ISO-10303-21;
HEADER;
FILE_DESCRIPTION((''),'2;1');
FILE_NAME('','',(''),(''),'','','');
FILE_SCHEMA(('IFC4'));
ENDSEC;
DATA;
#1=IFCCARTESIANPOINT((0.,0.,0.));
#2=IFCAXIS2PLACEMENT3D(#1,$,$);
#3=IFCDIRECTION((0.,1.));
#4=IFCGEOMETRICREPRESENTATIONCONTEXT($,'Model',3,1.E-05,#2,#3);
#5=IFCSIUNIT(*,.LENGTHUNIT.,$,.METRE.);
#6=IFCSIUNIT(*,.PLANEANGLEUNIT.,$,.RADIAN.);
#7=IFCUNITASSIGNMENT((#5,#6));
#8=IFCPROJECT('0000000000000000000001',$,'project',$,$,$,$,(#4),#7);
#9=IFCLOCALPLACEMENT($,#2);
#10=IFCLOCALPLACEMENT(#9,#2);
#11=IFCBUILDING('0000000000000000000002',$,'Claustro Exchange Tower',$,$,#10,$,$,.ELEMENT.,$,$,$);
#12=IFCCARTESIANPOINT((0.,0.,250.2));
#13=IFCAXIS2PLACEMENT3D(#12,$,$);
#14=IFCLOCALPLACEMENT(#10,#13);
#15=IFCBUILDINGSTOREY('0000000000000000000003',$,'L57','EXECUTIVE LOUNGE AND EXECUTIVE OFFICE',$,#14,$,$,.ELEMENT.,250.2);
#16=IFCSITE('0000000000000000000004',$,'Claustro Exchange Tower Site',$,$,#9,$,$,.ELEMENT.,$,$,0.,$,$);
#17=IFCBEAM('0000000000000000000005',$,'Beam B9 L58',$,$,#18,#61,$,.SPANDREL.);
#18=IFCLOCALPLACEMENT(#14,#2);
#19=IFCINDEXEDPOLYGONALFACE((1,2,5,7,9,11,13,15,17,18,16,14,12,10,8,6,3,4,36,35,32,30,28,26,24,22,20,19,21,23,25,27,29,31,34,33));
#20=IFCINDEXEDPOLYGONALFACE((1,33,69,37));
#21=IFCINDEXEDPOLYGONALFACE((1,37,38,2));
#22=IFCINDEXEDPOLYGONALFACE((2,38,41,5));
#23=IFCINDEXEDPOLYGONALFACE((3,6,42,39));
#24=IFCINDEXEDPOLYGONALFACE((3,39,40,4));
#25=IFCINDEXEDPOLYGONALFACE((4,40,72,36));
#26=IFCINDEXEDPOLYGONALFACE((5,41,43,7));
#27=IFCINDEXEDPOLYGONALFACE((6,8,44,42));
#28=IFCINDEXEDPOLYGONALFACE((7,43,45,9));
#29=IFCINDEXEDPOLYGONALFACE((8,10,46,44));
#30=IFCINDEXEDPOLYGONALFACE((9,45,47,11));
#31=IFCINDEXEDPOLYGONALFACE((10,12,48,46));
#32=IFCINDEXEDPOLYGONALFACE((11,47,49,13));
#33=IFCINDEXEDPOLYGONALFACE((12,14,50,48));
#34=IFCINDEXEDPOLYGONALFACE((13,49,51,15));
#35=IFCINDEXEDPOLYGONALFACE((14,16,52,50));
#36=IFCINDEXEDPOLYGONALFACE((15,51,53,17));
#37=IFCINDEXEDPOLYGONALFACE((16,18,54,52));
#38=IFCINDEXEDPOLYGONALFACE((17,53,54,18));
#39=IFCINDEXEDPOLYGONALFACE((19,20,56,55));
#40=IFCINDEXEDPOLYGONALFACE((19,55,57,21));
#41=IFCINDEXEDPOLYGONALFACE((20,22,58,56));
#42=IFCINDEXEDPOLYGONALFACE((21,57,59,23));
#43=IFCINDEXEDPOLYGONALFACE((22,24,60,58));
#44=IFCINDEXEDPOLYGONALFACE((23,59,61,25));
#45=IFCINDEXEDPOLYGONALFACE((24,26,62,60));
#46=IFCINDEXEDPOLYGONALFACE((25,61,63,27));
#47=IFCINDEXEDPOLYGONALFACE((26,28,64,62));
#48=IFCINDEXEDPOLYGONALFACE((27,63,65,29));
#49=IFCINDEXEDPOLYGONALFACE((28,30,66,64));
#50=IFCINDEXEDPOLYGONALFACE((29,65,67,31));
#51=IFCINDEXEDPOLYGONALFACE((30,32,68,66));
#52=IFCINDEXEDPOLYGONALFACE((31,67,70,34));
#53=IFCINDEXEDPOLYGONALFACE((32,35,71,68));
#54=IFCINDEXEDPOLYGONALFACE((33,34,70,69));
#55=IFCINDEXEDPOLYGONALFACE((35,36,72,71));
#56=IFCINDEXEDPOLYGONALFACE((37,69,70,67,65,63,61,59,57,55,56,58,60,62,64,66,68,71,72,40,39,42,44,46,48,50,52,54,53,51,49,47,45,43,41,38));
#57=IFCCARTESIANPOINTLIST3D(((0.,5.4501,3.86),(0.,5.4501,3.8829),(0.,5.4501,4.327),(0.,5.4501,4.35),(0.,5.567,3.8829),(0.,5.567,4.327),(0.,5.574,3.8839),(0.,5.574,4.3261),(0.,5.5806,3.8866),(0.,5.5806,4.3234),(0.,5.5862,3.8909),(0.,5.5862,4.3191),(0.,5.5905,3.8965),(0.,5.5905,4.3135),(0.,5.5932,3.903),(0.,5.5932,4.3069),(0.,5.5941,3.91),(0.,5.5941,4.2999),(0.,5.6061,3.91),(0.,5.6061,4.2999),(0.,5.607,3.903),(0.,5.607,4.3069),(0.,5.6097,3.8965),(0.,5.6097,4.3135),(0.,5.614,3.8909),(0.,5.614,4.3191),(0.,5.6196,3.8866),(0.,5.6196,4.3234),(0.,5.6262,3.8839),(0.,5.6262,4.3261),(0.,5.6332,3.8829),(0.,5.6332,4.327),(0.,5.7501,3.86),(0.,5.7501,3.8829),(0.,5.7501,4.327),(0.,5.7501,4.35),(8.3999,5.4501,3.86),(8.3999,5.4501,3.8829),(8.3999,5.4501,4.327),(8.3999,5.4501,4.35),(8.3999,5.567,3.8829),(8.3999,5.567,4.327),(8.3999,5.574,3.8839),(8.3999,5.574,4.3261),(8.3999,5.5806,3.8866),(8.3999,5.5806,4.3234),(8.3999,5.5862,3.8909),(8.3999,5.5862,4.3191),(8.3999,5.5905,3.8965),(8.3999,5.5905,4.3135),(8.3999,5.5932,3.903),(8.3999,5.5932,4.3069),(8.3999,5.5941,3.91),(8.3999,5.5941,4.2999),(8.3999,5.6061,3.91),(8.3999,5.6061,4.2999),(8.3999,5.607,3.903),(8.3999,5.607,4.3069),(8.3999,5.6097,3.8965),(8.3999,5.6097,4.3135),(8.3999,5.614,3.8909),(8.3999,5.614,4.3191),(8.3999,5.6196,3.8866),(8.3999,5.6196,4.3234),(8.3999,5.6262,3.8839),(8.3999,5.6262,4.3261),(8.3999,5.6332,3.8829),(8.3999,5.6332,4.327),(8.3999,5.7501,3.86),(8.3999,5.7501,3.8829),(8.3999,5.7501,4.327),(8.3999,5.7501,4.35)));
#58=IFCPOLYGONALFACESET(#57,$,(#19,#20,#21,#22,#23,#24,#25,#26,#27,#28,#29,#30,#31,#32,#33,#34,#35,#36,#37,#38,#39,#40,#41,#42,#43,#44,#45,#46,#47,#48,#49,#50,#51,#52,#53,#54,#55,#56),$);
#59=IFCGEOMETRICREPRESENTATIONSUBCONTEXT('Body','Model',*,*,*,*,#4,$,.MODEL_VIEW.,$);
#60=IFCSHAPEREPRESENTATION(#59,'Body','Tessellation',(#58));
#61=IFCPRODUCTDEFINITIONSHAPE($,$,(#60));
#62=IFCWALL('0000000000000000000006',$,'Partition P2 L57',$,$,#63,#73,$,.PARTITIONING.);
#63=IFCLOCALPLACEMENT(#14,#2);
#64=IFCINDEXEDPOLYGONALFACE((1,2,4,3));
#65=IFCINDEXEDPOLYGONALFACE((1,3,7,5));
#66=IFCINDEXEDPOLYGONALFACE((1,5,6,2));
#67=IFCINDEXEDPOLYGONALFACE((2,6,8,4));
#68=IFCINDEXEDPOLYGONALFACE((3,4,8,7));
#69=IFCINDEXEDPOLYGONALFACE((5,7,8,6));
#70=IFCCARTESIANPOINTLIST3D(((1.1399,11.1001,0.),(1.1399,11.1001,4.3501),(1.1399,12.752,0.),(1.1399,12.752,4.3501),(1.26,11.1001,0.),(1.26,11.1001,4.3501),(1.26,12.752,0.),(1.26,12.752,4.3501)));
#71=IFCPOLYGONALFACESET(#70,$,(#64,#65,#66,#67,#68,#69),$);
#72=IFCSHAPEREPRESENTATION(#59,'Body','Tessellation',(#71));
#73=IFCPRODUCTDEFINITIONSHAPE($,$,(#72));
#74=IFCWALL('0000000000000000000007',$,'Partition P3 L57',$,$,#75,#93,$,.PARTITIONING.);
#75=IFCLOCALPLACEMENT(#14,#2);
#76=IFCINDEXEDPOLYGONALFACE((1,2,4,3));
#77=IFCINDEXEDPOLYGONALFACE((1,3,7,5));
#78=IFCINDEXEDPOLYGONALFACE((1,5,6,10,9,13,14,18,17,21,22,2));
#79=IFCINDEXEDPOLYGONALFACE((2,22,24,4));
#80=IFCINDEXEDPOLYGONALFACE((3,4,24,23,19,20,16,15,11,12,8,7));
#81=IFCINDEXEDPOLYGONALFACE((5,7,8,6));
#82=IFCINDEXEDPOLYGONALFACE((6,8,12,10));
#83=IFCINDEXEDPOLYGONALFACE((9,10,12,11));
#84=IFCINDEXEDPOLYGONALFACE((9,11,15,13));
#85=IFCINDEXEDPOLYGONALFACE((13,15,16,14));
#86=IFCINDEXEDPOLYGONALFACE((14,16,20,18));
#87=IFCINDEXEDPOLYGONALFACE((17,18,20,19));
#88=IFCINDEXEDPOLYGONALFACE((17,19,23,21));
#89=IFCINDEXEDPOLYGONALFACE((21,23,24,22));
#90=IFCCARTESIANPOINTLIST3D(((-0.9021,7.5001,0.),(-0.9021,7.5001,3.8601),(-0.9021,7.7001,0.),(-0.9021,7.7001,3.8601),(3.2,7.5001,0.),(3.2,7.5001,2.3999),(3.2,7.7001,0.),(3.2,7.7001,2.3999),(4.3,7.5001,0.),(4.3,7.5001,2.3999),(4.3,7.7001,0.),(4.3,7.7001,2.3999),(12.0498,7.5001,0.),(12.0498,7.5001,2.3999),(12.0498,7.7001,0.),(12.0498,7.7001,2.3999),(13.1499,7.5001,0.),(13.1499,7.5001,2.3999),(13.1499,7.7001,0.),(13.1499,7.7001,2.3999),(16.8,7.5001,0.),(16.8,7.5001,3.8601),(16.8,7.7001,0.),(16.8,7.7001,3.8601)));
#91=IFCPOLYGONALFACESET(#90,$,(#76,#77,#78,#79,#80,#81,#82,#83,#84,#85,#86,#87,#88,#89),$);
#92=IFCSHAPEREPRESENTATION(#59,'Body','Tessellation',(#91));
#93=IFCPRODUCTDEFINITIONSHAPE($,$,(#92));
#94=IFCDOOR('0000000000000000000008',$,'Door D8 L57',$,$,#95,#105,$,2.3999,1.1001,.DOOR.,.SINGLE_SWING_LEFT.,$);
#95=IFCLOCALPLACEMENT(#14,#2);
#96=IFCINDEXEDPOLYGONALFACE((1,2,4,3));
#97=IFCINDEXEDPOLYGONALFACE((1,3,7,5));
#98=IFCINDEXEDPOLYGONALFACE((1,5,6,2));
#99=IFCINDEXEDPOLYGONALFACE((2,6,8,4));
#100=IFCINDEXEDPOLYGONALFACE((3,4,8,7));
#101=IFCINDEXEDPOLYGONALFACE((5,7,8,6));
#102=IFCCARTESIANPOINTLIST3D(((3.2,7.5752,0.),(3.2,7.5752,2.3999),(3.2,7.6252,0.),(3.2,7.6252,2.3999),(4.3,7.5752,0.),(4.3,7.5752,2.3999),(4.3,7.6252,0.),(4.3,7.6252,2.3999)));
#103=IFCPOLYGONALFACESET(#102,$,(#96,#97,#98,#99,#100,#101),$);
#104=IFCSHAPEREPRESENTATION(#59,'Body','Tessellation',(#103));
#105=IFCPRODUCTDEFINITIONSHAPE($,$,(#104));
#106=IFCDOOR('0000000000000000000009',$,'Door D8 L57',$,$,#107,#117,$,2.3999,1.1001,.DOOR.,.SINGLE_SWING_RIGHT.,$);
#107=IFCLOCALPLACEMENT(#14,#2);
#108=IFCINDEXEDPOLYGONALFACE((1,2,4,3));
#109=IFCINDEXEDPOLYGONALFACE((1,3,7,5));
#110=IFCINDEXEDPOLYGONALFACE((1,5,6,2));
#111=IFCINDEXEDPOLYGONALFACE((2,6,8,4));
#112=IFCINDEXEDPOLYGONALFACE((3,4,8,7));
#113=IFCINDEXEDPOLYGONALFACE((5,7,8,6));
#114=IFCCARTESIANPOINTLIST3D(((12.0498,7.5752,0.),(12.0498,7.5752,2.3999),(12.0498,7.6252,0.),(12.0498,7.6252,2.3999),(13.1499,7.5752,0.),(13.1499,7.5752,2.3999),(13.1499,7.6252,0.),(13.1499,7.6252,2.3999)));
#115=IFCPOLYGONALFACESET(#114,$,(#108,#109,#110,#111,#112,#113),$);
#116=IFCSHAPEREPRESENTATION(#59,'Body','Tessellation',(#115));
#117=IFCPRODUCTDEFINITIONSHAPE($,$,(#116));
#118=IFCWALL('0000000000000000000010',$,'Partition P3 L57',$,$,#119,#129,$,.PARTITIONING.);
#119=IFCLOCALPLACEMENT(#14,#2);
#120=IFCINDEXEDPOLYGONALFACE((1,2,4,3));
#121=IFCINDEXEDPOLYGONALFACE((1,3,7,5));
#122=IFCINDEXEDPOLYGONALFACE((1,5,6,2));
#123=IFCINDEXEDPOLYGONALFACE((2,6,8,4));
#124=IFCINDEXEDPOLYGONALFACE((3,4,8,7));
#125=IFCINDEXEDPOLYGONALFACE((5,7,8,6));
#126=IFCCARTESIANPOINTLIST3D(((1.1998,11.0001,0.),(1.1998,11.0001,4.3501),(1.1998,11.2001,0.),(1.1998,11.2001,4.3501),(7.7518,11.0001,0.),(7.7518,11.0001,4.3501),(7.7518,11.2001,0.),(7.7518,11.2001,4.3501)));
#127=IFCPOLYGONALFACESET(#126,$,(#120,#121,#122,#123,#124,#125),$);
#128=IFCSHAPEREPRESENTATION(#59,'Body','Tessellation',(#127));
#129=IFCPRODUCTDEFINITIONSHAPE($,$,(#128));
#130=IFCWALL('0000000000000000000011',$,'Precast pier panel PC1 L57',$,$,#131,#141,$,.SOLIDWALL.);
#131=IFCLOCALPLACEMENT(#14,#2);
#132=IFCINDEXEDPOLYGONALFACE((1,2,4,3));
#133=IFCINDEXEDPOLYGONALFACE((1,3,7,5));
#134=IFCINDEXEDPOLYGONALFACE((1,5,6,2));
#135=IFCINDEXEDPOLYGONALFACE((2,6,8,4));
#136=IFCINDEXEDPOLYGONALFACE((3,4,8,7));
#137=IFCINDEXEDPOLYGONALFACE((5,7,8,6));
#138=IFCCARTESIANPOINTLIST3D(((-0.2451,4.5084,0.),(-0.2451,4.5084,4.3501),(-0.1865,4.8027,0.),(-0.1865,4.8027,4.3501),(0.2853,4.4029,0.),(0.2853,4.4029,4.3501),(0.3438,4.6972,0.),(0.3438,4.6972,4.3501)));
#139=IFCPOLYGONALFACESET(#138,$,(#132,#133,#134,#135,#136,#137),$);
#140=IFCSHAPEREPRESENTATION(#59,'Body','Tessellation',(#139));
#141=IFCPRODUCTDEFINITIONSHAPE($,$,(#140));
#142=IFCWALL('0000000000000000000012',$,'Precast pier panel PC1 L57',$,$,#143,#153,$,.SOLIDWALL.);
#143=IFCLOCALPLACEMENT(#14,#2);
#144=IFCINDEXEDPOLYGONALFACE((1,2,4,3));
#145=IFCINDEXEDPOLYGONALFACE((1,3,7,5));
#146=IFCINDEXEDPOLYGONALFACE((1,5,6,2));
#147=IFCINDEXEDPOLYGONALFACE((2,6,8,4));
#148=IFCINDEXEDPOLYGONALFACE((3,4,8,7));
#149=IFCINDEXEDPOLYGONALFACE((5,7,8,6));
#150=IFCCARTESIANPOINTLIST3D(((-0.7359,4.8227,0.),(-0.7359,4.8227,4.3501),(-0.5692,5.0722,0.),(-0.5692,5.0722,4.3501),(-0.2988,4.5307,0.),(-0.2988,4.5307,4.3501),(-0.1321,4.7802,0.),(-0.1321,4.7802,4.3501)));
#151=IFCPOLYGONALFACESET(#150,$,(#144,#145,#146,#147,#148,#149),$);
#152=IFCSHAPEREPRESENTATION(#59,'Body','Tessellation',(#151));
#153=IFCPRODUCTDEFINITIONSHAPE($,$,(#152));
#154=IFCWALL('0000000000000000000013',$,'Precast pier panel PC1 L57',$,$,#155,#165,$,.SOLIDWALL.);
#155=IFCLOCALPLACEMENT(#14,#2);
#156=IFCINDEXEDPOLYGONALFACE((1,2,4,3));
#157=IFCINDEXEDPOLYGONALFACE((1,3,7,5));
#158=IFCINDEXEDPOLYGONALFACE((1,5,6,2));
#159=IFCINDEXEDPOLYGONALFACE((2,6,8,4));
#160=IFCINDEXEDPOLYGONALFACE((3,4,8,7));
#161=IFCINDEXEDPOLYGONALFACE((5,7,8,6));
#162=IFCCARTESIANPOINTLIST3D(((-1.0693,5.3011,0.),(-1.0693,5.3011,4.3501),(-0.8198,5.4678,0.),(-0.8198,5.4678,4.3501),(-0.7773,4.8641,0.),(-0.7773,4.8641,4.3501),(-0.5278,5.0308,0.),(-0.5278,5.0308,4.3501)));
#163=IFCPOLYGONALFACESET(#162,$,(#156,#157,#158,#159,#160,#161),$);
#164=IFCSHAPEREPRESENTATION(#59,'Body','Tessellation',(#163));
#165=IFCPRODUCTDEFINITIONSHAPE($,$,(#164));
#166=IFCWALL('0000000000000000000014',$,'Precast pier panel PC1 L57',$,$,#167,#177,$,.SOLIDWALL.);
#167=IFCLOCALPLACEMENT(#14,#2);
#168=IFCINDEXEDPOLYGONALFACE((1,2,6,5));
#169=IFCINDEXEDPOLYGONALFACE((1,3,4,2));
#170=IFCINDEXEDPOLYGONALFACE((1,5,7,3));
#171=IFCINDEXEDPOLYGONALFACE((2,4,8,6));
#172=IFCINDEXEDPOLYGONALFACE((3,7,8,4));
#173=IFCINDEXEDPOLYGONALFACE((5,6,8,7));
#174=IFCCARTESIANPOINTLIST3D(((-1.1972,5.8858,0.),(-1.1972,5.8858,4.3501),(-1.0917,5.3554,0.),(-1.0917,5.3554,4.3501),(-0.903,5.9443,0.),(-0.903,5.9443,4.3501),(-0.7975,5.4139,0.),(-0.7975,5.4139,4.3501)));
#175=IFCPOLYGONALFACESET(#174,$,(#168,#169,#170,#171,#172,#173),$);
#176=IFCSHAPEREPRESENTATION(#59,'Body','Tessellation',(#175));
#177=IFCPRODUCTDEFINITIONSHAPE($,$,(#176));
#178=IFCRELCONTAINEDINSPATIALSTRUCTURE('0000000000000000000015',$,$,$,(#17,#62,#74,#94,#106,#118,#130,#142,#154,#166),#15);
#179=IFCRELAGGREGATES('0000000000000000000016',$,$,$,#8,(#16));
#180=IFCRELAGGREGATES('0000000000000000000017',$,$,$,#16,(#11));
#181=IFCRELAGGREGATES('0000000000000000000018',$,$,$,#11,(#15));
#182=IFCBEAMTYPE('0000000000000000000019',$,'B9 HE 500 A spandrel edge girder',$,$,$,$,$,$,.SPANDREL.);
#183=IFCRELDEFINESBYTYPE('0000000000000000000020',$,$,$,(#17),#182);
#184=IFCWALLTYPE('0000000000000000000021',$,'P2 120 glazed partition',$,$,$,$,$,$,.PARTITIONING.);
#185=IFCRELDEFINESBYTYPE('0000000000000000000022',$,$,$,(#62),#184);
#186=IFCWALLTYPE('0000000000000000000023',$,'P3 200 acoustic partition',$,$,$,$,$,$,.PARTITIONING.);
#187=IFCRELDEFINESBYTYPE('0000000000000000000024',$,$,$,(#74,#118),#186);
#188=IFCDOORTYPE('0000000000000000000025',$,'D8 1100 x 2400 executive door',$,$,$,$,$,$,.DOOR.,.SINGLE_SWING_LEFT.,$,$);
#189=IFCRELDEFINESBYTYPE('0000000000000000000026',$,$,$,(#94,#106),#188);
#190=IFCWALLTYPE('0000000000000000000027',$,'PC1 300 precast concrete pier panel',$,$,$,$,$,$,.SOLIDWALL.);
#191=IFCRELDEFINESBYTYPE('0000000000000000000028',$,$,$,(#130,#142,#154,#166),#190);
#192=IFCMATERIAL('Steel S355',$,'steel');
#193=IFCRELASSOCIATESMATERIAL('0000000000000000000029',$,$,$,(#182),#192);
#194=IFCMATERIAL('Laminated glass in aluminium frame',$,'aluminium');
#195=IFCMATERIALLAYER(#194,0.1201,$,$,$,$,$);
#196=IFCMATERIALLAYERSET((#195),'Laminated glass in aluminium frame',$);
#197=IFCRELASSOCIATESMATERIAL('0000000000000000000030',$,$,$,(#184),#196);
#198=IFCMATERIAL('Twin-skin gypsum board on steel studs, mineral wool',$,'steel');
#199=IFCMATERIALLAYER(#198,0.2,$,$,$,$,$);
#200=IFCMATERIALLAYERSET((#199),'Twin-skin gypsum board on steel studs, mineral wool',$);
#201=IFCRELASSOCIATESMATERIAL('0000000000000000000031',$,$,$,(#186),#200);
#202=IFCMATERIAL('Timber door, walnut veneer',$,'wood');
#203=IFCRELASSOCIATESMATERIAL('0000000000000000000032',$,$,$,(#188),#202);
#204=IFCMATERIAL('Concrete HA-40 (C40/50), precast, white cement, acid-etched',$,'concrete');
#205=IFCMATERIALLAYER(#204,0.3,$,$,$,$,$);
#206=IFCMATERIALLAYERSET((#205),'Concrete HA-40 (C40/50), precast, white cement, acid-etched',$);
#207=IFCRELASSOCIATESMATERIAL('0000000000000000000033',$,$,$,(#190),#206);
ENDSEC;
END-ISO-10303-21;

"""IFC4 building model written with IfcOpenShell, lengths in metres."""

from ifc_helpers import new_model, si_unit, direction, frame, frame_2d, origin, origin_2d, place, context, subcontext, project, spatial, rectangle, i_section, extrude, material, layer, layer_set, material_profile, profile_set, type_object, element, fill, save


model = new_model("IFC4")

# Units and contexts
model_context = context("Model", 3, precision=1e-05, world=origin(), true_north=direction((0.0, 1.0)))
body_context = subcontext(model_context, "Body", "Model", "MODEL_VIEW")
ifc_project = project(units=[si_unit("LENGTHUNIT", "METRE"), si_unit("PLANEANGLEUNIT", "RADIAN")], contexts=[model_context])

# Site, building, storey
site_placement = place(None, origin())
site = spatial("IfcSite", under=ifc_project, at=site_placement, Name="Claustro Exchange Tower Site", CompositionType="ELEMENT", RefElevation=0.0)
building_placement = place(site_placement, origin())
building = spatial("IfcBuilding", under=site, at=building_placement, Name="Claustro Exchange Tower", CompositionType="ELEMENT")
storey_placement = place(building_placement, frame((0.0, 0.0, 250.2)))
storey = spatial("IfcBuildingStorey", under=building, at=storey_placement, Name="L57", Description="EXECUTIVE LOUNGE AND EXECUTIVE OFFICE", CompositionType="ELEMENT", Elevation=250.2)

# Beam
ifc_material_1 = material(Name="Steel S355", Category="steel")
ifc_material_profile_1 = material_profile(ifc_material_1, i_section(OverallWidth=0.3, OverallDepth=0.49, WebThickness=0.012, FlangeThickness=0.0229, FilletRadius=0.0271, at=origin_2d()), Name="HE 500 A")
ifc_profile_set_1 = profile_set([ifc_material_profile_1], Name="Steel S355")
beam_type_1 = type_object("IfcBeamType", Name="B9 HE 500 A spandrel edge girder", PredefinedType="SPANDREL", material=ifc_profile_set_1)
beam_1_placement = place(storey_placement, frame((0.0, 5.6001, 4.105), z_axis=(1.0, 0.0, 0.0), x_axis=(0.0, 1.0, 0.0)))
element("IfcBeam", 1, at=beam_1_placement, inside=storey, type_object=beam_type_1, Name="Beam B9 L58", PredefinedType="SPANDREL", context=body_context, shape_type="SweptSolid", body=[
    extrude(i_section(OverallWidth=0.3, OverallDepth=0.49, WebThickness=0.012, FlangeThickness=0.0229, FilletRadius=0.0271, at=origin_2d()), origin(), (0.0, 0.0, 1.0), 8.3999),
])

# Wall
ifc_material_2 = material(Name="Laminated glass in aluminium frame", Category="aluminium")
ifc_layer_1 = layer(ifc_material_2, 0.1201)
ifc_layer_set_1 = layer_set([ifc_layer_1], Name="Laminated glass in aluminium frame")
wall_type_1 = type_object("IfcWallType", Name="P2 120 glazed partition", PredefinedType="PARTITIONING", material=ifc_layer_set_1)
wall_1_placement = place(storey_placement, frame((1.2, 11.1001, 0.0), z_axis=(0.0, 0.0, 1.0), x_axis=(0.0, 1.0, 0.0)))
element("IfcWall", 2, at=wall_1_placement, inside=storey, type_object=wall_type_1, Name="Partition P2 L57", PredefinedType="PARTITIONING", context=body_context, shape_type="SweptSolid", body=[
    extrude(rectangle(XDim=1.6519, YDim=0.1201, at=frame_2d((0.8259, 0.0))), origin(), (0.0, 0.0, 1.0), 4.3501),
])

# Wall, openings, doors
ifc_material_3 = material(Name="Twin-skin gypsum board on steel studs, mineral wool", Category="steel")
ifc_layer_2 = layer(ifc_material_3, 0.2)
ifc_layer_set_2 = layer_set([ifc_layer_2], Name="Twin-skin gypsum board on steel studs, mineral wool")
wall_type_2 = type_object("IfcWallType", Name="P3 200 acoustic partition", PredefinedType="PARTITIONING", material=ifc_layer_set_2)
wall_2_placement = place(storey_placement, frame((-0.9021, 7.6001, 0.0), z_axis=(0.0, 0.0, 1.0), x_axis=(1.0, 0.0, 0.0)))
wall_2 = element("IfcWall", 3, at=wall_2_placement, inside=storey, type_object=wall_type_2, Name="Partition P3 L57", PredefinedType="PARTITIONING", context=body_context, shape_type="SweptSolid", body=[
    extrude(rectangle(XDim=17.7021, YDim=0.2, at=frame_2d((8.8511, 0.0))), origin(), (0.0, 0.0, 1.0), 3.8601),
])
opening_1_placement = place(wall_2_placement, frame((4.1021, 0.0, 0.0)))
opening_1 = element("IfcOpeningElement", 4, at=opening_1_placement, cuts=wall_2, PredefinedType="OPENING", context=body_context, shape_type="SweptSolid", body=[
    extrude(rectangle(XDim=1.1001, YDim=2.3999, at=frame_2d((0.55, 1.2))), frame((0.0, 0.1099, 0.0), z_axis=(0.0, -1.0, 0.0), x_axis=(1.0, 0.0, 0.0)), (0.0, 0.0, 1.0), 0.22),
])
opening_2_placement = place(wall_2_placement, frame((12.9519, 0.0, 0.0)))
opening_2 = element("IfcOpeningElement", 5, at=opening_2_placement, cuts=wall_2, PredefinedType="OPENING", context=body_context, shape_type="SweptSolid", body=[
    extrude(rectangle(XDim=1.1001, YDim=2.3999, at=frame_2d((0.55, 1.2))), frame((0.0, 0.1099, 0.0), z_axis=(0.0, -1.0, 0.0), x_axis=(1.0, 0.0, 0.0)), (0.0, 0.0, 1.0), 0.22),
])
ifc_material_4 = material(Name="Timber door, walnut veneer", Category="wood")
door_type_1 = type_object("IfcDoorType", Name="D8 1100 x 2400 executive door", OperationType="SINGLE_SWING_LEFT", PredefinedType="DOOR", material=ifc_material_4)
door_1_placement = place(opening_1_placement, frame((1.1001, 0.0, 0.0), z_axis=(0.0, 0.0, 1.0), x_axis=(-1.0, 0.0, 0.0)))
door_1 = element("IfcDoor", 6, at=door_1_placement, inside=storey, type_object=door_type_1, Name="Door D8 L57", OperationType="SINGLE_SWING_LEFT", OverallHeight=2.3999, OverallWidth=1.1001, PredefinedType="DOOR", context=body_context, shape_type="SweptSolid", body=[
    extrude(rectangle(XDim=1.1001, YDim=2.3999, at=frame_2d((0.55, 1.2))), frame((0.0, 0.0249, 0.0), z_axis=(0.0, -1.0, 0.0), x_axis=(1.0, 0.0, 0.0)), (0.0, 0.0, 1.0), 0.05),
])
fill(opening_1, door_1)
door_2_placement = place(opening_2_placement, frame((1.1001, 0.0, 0.0), z_axis=(0.0, 0.0, 1.0), x_axis=(-1.0, 0.0, 0.0)))
door_2 = element("IfcDoor", 7, at=door_2_placement, inside=storey, type_object=door_type_1, Name="Door D8 L57", OperationType="SINGLE_SWING_RIGHT", OverallHeight=2.3999, OverallWidth=1.1001, PredefinedType="DOOR", context=body_context, shape_type="SweptSolid", body=[
    extrude(rectangle(XDim=1.1001, YDim=2.3999, at=frame_2d((0.55, 1.2))), frame((0.0, 0.0249, 0.0), z_axis=(0.0, -1.0, 0.0), x_axis=(1.0, 0.0, 0.0)), (0.0, 0.0, 1.0), 0.05),
])
fill(opening_2, door_2)

# Walls
wall_3_placement = place(storey_placement, frame((1.2, 11.1001, 0.0), z_axis=(0.0, 0.0, 1.0), x_axis=(1.0, 0.0, 0.0)))
element("IfcWall", 8, at=wall_3_placement, inside=storey, type_object=wall_type_2, Name="Partition P3 L57", PredefinedType="PARTITIONING", context=body_context, shape_type="SweptSolid", body=[
    extrude(rectangle(XDim=6.552, YDim=0.2, at=frame_2d((3.2759, 0.0))), origin(), (0.0, 0.0, 1.0), 4.3501),
])
ifc_material_5 = material(Name="Concrete HA-40 (C40/50), precast, white cement, acid-etched", Category="concrete")
ifc_layer_3 = layer(ifc_material_5, 0.3)
ifc_layer_set_3 = layer_set([ifc_layer_3], Name="Concrete HA-40 (C40/50), precast, white cement, acid-etched")
wall_type_3 = type_object("IfcWallType", Name="PC1 300 precast concrete pier panel", PredefinedType="SOLIDWALL", material=ifc_layer_set_3)
wall_4_placement = place(storey_placement, frame((0.3147, 4.55, 0.0), z_axis=(0.0, 0.0, 1.0), x_axis=(-0.980789, 0.195074, 0.0)))
element("IfcWall", 9, at=wall_4_placement, inside=storey, type_object=wall_type_3, Name="Precast pier panel PC1 L57", PredefinedType="SOLIDWALL", context=body_context, shape_type="SweptSolid", body=[
    extrude(rectangle(XDim=0.5408, YDim=0.3, at=frame_2d((0.2705, 0.0))), origin(), (0.0, 0.0, 1.0), 4.3501),
])
for number, where, z_axis, x_axis, name in (
    (10, (-0.2156, 4.6555, 0.0), (0.0, 0.0, 1.0), (-0.831478, 0.555557, 0.0), "Precast pier panel PC1 L57"),
    (11, (-0.6526, 4.9475, 0.0), (0.0, 0.0, 1.0), (-0.555557, 0.831478, 0.0), "Precast pier panel PC1 L57"),
):
    element("IfcWall", number, at=place(storey_placement, frame(where, z_axis=z_axis, x_axis=x_axis)), inside=storey, type_object=wall_type_3, Name=name, PredefinedType="SOLIDWALL", context=body_context, shape_type="SweptSolid", body=[
        extrude(rectangle(XDim=0.5256, YDim=0.3, at=frame_2d((0.2627, 0.0))), origin(), (0.0, 0.0, 1.0), 4.3501),
    ])
wall_5_placement = place(storey_placement, frame((-0.9446, 5.3845, 0.0), z_axis=(0.0, 0.0, 1.0), x_axis=(-0.195074, 0.980789, 0.0)))
element("IfcWall", 12, at=wall_5_placement, inside=storey, type_object=wall_type_3, Name="Precast pier panel PC1 L57", PredefinedType="SOLIDWALL", context=body_context, shape_type="SweptSolid", body=[
    extrude(rectangle(XDim=0.5408, YDim=0.3, at=frame_2d((0.2705, 0.0))), origin(), (0.0, 0.0, 1.0), 4.3501),
])

save(model, "model.ifc")
